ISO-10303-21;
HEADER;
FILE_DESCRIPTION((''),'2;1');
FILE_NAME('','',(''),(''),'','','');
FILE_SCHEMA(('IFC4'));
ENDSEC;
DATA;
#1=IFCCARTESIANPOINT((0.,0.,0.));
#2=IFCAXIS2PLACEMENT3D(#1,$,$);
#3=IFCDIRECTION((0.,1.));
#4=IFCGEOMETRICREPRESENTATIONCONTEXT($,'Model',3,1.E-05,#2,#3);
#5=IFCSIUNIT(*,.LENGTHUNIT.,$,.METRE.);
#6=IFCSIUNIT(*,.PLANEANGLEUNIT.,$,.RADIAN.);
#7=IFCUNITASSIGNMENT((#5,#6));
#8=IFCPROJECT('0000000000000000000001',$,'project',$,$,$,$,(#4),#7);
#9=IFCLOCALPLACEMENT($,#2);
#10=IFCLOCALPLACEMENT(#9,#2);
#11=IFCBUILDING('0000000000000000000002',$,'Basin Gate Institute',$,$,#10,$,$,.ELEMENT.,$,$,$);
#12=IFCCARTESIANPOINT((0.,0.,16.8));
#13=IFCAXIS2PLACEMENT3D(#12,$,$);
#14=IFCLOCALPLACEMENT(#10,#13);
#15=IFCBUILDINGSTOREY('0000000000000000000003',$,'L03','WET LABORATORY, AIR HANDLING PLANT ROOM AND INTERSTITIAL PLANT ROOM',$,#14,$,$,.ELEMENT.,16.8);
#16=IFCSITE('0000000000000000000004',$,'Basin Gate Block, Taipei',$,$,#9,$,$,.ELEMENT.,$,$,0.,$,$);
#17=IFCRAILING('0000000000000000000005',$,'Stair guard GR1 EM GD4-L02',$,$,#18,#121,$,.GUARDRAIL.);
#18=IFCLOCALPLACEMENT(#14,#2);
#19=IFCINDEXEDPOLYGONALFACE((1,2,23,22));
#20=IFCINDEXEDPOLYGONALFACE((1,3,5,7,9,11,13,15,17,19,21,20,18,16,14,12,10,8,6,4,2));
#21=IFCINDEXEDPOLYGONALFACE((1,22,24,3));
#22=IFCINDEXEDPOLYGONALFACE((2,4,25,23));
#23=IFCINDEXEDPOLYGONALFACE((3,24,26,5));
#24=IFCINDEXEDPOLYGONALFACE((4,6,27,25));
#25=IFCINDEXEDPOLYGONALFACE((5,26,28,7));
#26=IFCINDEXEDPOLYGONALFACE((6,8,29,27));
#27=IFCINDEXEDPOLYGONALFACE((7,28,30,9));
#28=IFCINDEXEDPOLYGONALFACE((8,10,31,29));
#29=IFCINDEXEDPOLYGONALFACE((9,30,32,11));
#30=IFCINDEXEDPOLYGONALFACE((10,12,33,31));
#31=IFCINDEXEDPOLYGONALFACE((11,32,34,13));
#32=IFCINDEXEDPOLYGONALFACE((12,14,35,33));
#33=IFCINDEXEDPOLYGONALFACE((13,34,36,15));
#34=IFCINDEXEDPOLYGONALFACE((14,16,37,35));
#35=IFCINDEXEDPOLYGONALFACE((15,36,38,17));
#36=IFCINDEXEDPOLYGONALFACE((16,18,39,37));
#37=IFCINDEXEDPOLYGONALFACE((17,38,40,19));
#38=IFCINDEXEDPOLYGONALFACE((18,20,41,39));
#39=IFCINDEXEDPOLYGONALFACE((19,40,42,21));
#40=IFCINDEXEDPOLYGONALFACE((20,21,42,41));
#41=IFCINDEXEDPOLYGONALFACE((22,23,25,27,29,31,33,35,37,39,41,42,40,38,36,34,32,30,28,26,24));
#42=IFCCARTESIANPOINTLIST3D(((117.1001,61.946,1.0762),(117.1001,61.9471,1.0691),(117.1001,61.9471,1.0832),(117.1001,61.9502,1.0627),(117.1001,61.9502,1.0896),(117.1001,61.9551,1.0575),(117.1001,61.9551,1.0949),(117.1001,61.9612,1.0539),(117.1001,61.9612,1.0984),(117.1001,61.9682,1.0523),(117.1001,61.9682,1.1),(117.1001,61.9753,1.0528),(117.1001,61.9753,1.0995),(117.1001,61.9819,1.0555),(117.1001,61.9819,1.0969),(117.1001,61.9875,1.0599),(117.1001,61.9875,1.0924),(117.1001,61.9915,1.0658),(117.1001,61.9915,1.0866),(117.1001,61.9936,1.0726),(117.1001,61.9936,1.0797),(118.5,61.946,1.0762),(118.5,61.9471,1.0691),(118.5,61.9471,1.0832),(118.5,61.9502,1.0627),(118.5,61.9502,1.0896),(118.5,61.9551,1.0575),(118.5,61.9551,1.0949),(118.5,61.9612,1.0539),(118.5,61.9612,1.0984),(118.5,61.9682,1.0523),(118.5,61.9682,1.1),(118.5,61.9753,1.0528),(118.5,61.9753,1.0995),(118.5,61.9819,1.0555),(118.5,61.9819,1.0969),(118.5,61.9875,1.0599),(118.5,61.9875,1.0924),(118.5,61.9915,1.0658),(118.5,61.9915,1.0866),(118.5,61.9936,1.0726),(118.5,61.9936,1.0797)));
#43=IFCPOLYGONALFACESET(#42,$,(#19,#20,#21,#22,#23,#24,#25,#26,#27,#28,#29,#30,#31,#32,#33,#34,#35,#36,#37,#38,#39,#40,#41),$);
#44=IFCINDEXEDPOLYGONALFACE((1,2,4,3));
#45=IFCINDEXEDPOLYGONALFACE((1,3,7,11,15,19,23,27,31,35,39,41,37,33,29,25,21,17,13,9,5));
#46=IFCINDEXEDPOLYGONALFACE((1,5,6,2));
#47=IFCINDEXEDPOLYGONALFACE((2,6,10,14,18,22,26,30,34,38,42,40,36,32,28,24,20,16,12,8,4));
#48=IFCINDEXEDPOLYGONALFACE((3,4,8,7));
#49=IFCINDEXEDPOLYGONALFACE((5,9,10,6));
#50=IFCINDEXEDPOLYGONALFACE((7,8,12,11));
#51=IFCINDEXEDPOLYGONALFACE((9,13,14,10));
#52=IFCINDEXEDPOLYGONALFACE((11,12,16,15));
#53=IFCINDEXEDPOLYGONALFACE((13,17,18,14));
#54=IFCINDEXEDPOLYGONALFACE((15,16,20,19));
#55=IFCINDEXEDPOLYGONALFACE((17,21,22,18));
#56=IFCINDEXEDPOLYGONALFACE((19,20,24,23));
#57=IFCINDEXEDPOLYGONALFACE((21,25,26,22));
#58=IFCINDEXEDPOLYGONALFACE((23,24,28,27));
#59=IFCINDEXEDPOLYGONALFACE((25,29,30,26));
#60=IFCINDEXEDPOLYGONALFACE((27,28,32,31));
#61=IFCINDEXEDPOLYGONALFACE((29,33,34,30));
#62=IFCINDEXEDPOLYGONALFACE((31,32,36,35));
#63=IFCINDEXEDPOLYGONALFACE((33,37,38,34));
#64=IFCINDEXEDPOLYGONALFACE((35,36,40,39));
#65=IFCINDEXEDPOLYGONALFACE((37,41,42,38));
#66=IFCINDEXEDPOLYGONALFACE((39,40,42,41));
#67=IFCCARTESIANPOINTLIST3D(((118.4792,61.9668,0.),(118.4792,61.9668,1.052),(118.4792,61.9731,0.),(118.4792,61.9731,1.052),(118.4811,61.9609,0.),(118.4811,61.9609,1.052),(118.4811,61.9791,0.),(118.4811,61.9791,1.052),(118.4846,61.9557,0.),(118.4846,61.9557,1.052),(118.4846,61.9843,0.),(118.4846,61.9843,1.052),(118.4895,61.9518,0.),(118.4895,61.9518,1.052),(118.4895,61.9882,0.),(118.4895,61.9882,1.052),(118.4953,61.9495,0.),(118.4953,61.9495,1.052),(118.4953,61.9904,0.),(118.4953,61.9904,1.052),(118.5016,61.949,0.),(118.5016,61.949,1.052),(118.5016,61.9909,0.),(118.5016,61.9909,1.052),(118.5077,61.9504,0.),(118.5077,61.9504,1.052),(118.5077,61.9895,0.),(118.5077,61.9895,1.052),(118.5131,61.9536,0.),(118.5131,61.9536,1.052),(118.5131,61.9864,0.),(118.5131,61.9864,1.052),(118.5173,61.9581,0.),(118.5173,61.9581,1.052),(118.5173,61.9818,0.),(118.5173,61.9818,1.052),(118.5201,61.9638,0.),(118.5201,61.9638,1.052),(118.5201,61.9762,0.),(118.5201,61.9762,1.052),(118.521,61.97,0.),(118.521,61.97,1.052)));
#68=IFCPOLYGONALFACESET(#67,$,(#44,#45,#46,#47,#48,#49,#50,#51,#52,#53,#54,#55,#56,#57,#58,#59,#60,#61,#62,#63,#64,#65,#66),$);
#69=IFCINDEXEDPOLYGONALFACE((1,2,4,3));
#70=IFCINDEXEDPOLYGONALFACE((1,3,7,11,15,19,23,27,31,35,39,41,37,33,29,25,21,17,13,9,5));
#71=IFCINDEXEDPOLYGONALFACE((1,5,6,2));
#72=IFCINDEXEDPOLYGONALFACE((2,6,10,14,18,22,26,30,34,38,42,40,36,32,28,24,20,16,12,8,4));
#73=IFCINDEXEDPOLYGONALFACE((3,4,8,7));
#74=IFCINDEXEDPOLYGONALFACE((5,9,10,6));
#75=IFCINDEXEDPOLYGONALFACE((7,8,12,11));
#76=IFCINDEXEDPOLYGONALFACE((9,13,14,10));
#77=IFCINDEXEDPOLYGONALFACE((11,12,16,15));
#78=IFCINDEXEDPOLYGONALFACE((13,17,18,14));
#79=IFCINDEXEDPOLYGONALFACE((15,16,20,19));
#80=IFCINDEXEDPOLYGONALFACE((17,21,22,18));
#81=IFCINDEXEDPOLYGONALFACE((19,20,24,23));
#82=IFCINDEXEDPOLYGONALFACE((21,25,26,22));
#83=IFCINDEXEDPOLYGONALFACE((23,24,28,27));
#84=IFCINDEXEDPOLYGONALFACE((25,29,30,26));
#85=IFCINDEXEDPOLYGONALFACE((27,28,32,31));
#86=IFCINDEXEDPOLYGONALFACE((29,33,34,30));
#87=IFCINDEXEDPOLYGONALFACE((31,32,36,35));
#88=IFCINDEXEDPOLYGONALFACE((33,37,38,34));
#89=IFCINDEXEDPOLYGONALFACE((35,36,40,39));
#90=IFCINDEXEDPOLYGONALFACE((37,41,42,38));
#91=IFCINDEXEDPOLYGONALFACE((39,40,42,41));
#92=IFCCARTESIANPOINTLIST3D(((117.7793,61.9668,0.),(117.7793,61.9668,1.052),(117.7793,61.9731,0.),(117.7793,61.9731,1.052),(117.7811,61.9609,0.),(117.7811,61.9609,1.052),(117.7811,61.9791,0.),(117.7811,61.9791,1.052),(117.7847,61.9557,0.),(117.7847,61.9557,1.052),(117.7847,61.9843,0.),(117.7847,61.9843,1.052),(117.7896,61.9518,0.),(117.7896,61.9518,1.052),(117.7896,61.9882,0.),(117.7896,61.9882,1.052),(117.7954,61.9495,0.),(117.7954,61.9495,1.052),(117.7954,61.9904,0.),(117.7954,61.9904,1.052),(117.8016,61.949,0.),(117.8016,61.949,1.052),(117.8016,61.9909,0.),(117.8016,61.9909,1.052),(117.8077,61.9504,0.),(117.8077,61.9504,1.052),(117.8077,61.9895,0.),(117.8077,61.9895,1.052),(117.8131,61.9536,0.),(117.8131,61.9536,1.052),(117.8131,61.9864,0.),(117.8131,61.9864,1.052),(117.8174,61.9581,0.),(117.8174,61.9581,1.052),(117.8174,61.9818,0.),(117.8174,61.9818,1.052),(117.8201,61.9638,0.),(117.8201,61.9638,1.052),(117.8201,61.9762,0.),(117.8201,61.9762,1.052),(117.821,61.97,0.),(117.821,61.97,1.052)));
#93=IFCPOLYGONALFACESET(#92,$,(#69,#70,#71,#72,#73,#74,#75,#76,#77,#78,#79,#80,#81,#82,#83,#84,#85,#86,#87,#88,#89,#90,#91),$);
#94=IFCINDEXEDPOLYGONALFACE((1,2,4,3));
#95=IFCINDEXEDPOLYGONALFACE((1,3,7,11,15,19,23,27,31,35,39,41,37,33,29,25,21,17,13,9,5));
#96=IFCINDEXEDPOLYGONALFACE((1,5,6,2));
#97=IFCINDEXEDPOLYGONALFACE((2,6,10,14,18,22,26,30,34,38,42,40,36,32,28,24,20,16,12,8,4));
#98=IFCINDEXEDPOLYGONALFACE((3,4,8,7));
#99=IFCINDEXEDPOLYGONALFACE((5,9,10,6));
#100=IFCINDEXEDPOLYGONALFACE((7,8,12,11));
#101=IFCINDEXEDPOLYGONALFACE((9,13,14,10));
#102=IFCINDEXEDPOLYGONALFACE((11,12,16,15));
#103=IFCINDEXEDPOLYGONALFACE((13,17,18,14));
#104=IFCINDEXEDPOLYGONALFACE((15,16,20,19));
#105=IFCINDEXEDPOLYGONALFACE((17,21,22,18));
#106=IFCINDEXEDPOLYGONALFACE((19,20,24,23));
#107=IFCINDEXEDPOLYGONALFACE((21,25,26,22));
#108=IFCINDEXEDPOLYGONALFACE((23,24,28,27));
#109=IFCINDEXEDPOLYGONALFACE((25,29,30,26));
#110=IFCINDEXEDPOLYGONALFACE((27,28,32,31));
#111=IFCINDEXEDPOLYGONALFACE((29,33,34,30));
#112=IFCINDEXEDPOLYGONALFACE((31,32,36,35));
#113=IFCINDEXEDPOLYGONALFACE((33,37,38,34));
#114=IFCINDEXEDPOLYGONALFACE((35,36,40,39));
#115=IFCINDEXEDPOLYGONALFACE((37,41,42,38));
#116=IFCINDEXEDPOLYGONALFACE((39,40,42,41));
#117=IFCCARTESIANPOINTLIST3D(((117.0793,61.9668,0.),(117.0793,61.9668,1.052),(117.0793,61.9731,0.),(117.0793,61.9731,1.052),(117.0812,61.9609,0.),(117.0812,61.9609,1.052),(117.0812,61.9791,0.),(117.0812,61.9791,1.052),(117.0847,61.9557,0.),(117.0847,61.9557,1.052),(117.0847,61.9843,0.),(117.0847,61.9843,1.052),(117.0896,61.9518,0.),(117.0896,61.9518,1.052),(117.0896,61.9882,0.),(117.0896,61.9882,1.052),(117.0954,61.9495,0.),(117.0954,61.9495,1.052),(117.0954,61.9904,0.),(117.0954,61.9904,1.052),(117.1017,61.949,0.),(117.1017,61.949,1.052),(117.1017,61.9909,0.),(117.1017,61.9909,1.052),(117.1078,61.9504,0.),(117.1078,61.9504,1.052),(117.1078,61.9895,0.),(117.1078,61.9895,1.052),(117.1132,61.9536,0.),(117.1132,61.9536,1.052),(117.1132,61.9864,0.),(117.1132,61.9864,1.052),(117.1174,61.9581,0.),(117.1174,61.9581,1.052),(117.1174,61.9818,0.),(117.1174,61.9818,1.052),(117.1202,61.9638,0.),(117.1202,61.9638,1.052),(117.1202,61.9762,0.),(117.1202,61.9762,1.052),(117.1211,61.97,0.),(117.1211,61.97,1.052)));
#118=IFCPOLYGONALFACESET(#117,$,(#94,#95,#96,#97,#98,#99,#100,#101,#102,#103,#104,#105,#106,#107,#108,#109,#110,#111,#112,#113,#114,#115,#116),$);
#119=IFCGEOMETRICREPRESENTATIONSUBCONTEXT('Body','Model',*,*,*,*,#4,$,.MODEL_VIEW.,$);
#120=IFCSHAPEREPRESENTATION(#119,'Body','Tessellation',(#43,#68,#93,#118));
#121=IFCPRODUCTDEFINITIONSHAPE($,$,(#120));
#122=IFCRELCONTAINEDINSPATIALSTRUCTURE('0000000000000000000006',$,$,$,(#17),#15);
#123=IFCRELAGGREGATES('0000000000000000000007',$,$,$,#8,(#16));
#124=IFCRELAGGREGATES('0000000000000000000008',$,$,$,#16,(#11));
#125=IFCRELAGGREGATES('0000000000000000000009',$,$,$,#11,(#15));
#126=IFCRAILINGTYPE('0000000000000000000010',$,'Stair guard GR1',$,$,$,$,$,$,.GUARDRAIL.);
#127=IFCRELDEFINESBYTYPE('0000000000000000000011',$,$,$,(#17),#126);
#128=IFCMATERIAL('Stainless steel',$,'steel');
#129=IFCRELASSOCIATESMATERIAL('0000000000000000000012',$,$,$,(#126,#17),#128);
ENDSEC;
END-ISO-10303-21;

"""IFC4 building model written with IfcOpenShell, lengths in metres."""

from ifc_helpers import new_model, si_unit, direction, frame, origin, origin_2d, place, context, subcontext, project, spatial, circle, extrude, material, type_object, element, save


model = new_model("IFC4")

# Units and contexts
model_context = context("Model", 3, precision=1e-05, world=origin(), true_north=direction((0.0, 1.0)))
body_context = subcontext(model_context, "Body", "Model", "MODEL_VIEW")
ifc_project = project(units=[si_unit("LENGTHUNIT", "METRE"), si_unit("PLANEANGLEUNIT", "RADIAN")], contexts=[model_context])

# Site, building, storey
site_placement = place(None, origin())
site = spatial("IfcSite", under=ifc_project, at=site_placement, Name="Basin Gate Block, Taipei", CompositionType="ELEMENT", RefElevation=0.0)
building_placement = place(site_placement, origin())
building = spatial("IfcBuilding", under=site, at=building_placement, Name="Basin Gate Institute", CompositionType="ELEMENT")
storey_placement = place(building_placement, frame((0.0, 0.0, 16.8)))
storey = spatial("IfcBuildingStorey", under=building, at=storey_placement, Name="L03", Description="WET LABORATORY, AIR HANDLING PLANT ROOM AND INTERSTITIAL PLANT ROOM", CompositionType="ELEMENT", Elevation=16.8)

# Railing
ifc_material_1 = material(Name="Stainless steel", Category="steel")
railing_type_1 = type_object("IfcRailingType", Name="Stair guard GR1", PredefinedType="GUARDRAIL", material=ifc_material_1)
railing_1_placement = place(storey_placement, frame((118.5, 61.97, 0.0)))
element("IfcRailing", 1, at=railing_1_placement, inside=storey, type_object=railing_type_1, material=ifc_material_1, Name="Stair guard GR1 EM GD4-L02", PredefinedType="GUARDRAIL", context=body_context, shape_type="SweptSolid", body=[
    extrude(circle(Radius=0.0239, at=origin_2d()), frame((0.0, 0.0, 1.0762), z_axis=(-1.0, 0.0, 0.0), x_axis=(0.0, -1.0, 0.0)), (0.0, 0.0, 1.0), 1.3999),
    extrude(circle(Radius=0.021, at=origin_2d()), origin(), (0.0, 0.0, 1.0), 1.052),
    extrude(circle(Radius=0.021, at=origin_2d()), frame((-0.7, 0.0, 0.0)), (0.0, 0.0, 1.0), 1.052),
    extrude(circle(Radius=0.021, at=origin_2d()), frame((-1.3999, 0.0, 0.0)), (0.0, 0.0, 1.0), 1.052),
])

save(model, "model.ifc")
